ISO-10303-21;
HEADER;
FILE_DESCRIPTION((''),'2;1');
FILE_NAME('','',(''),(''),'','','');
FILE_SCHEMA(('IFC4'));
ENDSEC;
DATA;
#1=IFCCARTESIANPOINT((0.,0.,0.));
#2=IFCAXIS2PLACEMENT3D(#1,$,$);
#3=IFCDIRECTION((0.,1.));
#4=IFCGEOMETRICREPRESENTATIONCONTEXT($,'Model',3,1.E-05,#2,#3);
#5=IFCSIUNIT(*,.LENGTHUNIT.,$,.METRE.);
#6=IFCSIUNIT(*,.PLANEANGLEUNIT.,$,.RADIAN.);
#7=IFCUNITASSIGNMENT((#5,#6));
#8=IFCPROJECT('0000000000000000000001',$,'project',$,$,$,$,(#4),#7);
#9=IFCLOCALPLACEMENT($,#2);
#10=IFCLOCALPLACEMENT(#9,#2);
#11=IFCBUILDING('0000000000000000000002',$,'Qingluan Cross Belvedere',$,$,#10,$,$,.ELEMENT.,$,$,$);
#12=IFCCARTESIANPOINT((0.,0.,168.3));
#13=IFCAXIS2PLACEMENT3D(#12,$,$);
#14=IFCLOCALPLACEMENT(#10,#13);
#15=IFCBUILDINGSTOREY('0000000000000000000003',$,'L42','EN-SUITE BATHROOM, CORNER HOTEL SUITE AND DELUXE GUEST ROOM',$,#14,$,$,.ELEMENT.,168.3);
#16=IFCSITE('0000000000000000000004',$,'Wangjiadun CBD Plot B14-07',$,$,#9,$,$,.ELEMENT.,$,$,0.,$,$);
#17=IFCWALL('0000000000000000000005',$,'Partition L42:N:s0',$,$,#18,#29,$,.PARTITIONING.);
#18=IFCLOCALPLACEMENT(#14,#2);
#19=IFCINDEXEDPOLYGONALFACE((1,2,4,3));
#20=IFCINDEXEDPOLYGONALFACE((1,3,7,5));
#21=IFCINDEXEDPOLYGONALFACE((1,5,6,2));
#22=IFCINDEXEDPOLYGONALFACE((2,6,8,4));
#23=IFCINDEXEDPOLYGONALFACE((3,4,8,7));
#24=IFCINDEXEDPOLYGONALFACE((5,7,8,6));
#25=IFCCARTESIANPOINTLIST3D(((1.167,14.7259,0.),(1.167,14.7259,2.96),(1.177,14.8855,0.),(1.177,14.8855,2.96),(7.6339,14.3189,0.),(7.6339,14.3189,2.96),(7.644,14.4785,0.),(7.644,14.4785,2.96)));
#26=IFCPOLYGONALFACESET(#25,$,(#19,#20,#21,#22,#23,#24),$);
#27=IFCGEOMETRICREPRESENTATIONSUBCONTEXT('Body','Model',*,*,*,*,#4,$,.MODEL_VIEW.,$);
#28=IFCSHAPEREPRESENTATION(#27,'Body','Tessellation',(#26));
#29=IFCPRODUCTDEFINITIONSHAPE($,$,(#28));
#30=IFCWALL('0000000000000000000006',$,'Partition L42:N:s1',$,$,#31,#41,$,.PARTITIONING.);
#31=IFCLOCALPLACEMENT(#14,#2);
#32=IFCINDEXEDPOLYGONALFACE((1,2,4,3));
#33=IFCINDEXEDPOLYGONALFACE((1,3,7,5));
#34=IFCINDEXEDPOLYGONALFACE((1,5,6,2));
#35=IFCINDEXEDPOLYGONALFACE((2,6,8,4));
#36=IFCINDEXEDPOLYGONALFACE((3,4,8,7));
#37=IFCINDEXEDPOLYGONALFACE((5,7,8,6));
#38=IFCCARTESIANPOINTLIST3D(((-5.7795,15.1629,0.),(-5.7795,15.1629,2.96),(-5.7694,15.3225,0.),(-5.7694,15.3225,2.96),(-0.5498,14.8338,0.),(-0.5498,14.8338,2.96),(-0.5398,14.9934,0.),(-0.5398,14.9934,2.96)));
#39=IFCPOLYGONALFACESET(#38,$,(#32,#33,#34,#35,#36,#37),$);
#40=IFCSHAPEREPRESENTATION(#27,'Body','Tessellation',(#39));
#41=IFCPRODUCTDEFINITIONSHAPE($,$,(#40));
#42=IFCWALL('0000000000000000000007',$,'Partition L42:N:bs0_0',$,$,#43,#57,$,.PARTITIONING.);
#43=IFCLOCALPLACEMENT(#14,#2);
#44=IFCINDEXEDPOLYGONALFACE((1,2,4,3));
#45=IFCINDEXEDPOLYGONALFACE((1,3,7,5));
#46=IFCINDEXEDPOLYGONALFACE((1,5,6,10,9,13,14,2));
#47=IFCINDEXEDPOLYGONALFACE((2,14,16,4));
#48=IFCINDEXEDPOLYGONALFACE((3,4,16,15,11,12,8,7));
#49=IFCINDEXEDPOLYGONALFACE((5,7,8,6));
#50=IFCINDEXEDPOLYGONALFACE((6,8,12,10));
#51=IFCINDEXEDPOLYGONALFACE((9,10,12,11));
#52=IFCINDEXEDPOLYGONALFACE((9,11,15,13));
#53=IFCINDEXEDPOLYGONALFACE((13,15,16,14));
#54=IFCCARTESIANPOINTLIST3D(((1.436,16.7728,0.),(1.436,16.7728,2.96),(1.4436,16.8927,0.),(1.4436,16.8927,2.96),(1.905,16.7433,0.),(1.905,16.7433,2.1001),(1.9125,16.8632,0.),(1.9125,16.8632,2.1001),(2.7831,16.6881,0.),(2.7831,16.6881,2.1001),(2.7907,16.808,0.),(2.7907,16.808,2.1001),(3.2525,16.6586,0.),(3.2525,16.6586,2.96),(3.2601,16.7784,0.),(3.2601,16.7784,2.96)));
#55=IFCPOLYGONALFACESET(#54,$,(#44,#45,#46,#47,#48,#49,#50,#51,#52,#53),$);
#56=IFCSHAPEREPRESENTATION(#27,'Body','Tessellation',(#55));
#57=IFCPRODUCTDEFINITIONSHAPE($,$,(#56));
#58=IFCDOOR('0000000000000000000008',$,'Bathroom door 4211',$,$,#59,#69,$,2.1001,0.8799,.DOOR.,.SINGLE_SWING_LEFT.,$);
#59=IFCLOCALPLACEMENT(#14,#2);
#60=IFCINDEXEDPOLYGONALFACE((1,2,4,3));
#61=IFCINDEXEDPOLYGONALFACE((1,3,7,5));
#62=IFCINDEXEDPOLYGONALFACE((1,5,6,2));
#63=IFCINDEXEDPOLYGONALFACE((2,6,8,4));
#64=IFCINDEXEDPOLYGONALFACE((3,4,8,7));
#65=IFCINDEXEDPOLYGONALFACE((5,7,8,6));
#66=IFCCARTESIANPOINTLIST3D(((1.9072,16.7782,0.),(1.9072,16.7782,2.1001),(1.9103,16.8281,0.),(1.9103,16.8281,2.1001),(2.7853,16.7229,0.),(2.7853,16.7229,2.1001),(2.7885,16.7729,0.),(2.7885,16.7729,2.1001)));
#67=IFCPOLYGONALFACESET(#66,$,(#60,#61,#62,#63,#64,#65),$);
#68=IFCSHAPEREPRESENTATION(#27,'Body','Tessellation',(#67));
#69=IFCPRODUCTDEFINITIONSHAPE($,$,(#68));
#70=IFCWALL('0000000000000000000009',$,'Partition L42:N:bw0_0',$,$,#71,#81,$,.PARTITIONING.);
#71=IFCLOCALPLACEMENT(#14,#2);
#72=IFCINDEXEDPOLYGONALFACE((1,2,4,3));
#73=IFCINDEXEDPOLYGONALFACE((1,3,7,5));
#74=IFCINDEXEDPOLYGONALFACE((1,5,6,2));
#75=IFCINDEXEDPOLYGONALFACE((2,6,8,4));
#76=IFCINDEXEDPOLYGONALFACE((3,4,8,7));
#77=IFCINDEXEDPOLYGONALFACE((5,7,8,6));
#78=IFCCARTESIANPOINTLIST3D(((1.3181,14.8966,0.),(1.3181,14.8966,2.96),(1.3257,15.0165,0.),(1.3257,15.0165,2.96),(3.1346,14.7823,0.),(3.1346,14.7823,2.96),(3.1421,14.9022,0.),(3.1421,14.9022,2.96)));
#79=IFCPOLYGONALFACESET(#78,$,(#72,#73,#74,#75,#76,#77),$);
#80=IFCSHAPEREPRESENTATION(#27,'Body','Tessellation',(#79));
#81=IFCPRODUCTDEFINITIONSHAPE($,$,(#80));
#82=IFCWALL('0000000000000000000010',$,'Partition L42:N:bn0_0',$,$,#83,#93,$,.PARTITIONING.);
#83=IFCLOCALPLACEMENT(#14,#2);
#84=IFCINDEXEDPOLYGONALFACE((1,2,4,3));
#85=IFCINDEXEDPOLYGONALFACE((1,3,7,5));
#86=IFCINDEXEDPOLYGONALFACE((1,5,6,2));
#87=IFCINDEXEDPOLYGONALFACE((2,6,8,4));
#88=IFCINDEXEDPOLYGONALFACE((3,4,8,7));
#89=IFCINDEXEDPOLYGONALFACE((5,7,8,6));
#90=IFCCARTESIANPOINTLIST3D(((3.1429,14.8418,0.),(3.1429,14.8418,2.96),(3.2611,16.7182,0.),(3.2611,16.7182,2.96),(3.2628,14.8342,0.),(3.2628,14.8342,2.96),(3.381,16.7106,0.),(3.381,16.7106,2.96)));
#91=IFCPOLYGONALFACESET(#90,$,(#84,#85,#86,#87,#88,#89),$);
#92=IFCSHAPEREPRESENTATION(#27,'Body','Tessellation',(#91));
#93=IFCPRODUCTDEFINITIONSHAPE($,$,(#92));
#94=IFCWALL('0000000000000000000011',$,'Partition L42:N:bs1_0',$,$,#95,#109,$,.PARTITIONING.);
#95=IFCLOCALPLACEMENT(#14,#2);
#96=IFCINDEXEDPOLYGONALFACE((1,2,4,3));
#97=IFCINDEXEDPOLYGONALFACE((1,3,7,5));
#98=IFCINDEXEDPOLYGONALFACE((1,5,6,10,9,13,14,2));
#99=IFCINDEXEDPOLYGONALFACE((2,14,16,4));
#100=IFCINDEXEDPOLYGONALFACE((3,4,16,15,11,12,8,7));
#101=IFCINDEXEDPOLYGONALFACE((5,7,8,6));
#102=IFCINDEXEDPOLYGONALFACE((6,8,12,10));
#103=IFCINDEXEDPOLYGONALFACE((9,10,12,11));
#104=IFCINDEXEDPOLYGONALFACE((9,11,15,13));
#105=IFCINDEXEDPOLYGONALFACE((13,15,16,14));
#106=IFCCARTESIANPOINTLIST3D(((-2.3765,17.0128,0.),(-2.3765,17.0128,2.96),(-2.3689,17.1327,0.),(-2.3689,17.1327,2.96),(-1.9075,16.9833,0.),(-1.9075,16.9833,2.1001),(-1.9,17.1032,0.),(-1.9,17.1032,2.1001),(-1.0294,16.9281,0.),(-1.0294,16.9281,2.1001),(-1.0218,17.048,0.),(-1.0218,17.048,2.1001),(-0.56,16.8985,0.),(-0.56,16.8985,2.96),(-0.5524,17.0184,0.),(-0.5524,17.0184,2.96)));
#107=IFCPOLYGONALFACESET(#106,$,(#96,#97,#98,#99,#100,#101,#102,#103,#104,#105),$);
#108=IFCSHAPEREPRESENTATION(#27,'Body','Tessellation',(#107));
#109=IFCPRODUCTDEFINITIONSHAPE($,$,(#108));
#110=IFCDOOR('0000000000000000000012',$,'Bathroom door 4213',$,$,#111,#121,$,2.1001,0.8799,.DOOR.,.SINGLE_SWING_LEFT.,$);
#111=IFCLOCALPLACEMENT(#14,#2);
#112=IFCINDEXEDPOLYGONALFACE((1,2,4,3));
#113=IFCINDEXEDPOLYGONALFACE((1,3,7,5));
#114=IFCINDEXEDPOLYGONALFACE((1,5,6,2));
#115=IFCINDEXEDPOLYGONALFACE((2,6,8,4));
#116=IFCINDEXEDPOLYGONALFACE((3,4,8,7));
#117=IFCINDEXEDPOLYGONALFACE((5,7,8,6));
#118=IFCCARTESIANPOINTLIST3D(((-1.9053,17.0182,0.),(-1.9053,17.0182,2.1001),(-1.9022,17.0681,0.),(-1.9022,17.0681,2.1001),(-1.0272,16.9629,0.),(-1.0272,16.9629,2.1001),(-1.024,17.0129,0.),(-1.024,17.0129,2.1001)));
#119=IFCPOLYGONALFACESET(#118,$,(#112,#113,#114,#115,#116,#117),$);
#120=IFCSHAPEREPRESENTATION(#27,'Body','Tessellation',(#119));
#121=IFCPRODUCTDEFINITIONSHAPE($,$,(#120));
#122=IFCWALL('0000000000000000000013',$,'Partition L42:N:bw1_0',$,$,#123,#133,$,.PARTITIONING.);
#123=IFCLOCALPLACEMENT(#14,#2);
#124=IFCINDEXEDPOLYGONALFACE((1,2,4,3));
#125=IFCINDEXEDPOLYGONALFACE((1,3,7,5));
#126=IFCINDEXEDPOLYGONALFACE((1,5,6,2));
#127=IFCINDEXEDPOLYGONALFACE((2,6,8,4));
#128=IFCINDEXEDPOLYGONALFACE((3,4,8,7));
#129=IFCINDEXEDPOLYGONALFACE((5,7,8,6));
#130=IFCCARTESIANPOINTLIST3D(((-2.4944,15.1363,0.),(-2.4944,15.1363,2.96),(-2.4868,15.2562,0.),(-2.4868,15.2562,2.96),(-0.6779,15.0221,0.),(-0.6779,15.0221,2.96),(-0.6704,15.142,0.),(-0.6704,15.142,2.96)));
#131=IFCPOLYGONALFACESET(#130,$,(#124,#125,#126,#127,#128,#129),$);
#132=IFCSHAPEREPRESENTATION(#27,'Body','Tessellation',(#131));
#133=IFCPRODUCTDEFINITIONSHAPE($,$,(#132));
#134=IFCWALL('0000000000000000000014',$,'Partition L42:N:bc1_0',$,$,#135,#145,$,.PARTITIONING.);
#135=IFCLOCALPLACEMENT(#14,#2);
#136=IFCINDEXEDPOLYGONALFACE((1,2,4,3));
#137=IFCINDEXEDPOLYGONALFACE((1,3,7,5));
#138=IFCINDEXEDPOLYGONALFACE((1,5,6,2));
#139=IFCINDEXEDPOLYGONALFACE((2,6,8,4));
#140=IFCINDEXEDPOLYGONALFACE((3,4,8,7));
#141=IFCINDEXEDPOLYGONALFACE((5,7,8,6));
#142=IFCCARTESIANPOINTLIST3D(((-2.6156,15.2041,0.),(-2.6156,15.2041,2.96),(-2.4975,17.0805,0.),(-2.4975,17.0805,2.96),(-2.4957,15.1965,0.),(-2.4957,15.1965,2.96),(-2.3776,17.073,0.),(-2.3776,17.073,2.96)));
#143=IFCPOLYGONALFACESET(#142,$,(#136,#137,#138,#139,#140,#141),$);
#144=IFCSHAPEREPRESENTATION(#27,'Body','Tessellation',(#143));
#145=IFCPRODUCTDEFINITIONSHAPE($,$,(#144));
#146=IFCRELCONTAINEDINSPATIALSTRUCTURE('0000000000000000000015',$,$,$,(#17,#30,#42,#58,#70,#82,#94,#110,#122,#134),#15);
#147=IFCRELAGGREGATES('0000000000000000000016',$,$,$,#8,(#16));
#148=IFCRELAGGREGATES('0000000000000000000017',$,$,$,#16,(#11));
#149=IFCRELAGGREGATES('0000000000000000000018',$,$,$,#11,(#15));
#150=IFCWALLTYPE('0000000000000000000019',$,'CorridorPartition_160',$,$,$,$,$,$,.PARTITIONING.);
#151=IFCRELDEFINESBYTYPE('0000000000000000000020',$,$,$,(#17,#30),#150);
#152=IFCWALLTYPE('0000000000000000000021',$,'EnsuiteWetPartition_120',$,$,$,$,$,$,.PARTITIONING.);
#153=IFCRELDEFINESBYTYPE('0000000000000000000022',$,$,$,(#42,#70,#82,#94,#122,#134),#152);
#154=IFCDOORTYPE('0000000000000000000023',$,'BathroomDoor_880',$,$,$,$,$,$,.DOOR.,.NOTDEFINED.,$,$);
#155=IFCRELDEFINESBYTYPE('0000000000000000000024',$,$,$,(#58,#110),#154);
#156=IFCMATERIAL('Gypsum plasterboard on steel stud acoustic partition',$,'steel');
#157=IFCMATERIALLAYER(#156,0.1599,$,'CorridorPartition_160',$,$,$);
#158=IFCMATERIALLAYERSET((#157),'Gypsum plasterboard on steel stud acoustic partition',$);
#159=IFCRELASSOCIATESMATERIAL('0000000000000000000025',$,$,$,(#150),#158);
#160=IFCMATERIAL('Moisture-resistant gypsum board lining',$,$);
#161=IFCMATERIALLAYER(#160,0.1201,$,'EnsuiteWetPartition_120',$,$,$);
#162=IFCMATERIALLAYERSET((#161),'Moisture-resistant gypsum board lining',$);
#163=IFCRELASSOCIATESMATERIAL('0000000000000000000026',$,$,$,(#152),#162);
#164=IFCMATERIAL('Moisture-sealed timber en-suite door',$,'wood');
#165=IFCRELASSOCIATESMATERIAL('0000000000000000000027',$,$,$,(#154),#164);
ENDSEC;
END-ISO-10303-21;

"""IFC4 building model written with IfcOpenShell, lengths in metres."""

from ifc_helpers import new_model, si_unit, direction, frame, frame_2d, origin, place, context, subcontext, project, spatial, rectangle, extrude, material, layer, layer_set, type_object, element, fill, save


model = new_model("IFC4")

# Units and contexts
model_context = context("Model", 3, precision=1e-05, world=origin(), true_north=direction((0.0, 1.0)))
body_context = subcontext(model_context, "Body", "Model", "MODEL_VIEW")
ifc_project = project(units=[si_unit("LENGTHUNIT", "METRE"), si_unit("PLANEANGLEUNIT", "RADIAN")], contexts=[model_context])

# Site, building, storey
site_placement = place(None, origin())
site = spatial("IfcSite", under=ifc_project, at=site_placement, Name="Wangjiadun CBD Plot B14-07", CompositionType="ELEMENT", RefElevation=0.0)
building_placement = place(site_placement, origin())
building = spatial("IfcBuilding", under=site, at=building_placement, Name="Qingluan Cross Belvedere", CompositionType="ELEMENT")
storey_placement = place(building_placement, frame((0.0, 0.0, 168.3)))
storey = spatial("IfcBuildingStorey", under=building, at=storey_placement, Name="L42", Description="EN-SUITE BATHROOM, CORNER HOTEL SUITE AND DELUXE GUEST ROOM", CompositionType="ELEMENT", Elevation=168.3)

# Shared definitions
ifc_material_1 = material(Name="Gypsum plasterboard on steel stud acoustic partition", Category="steel")
ifc_layer_1 = layer(ifc_material_1, 0.1599, Name="CorridorPartition_160")
ifc_layer_set_1 = layer_set([ifc_layer_1], Name="Gypsum plasterboard on steel stud acoustic partition")
wall_type_1 = type_object("IfcWallType", Name="CorridorPartition_160", PredefinedType="PARTITIONING", material=ifc_layer_set_1)

# Wall
wall_1_placement = place(storey_placement, frame((1.1721, 14.8057, 0.0), z_axis=(0.0, 0.0, 1.0), x_axis=(0.998026, -0.062808, 0.0)))
element("IfcWall", 1, at=wall_1_placement, inside=storey, type_object=wall_type_1, Name="Partition L42:N:s0", PredefinedType="PARTITIONING", context=body_context, shape_type="SweptSolid", body=[
    extrude(rectangle(XDim=6.4797, YDim=0.1599, at=frame_2d((3.2397, 0.0))), origin(), (0.0, 0.0, 1.0), 2.96),
])

# Wall
wall_2_placement = place(storey_placement, frame((-0.5447, 14.9136, 0.0), z_axis=(0.0, 0.0, 1.0), x_axis=(-0.998026, 0.062805, 0.0)))
element("IfcWall", 2, at=wall_2_placement, inside=storey, type_object=wall_type_1, Name="Partition L42:N:s1", PredefinedType="PARTITIONING", context=body_context, shape_type="SweptSolid", body=[
    extrude(rectangle(XDim=5.24, YDim=0.1599, at=frame_2d((2.6201, 0.0))), origin(), (0.0, 0.0, 1.0), 2.96),
])

# Wall, opening, door
ifc_material_2 = material(Name="Moisture-resistant gypsum board lining")
ifc_layer_2 = layer(ifc_material_2, 0.1201, Name="EnsuiteWetPartition_120")
ifc_layer_set_2 = layer_set([ifc_layer_2], Name="Moisture-resistant gypsum board lining")
wall_type_2 = type_object("IfcWallType", Name="EnsuiteWetPartition_120", PredefinedType="PARTITIONING", material=ifc_layer_set_2)
wall_3_placement = place(storey_placement, frame((1.4397, 16.8328, 0.0), z_axis=(0.0, 0.0, 1.0), x_axis=(0.998027, -0.062779, 0.0)))
wall_3 = element("IfcWall", 3, at=wall_3_placement, inside=storey, type_object=wall_type_2, Name="Partition L42:N:bs0_0", PredefinedType="PARTITIONING", context=body_context, shape_type="SweptSolid", body=[
    extrude(rectangle(XDim=1.8201, YDim=0.1201, at=frame_2d((0.9102, 0.0))), origin(), (0.0, 0.0, 1.0), 2.96),
])
opening_1_placement = place(wall_3_placement, frame((0.47, 0.0, 0.0)))
opening_1 = element("IfcOpeningElement", 4, at=opening_1_placement, cuts=wall_3, PredefinedType="OPENING", context=body_context, shape_type="SweptSolid", body=[
    extrude(rectangle(XDim=0.8799, YDim=2.1001, at=frame_2d((0.4399, 1.05))), frame((0.0, 0.0701, 0.0), z_axis=(0.0, -1.0, 0.0), x_axis=(1.0, 0.0, 0.0)), (0.0, 0.0, 1.0), 0.1401),
])
ifc_material_3 = material(Name="Moisture-sealed timber en-suite door", Category="wood")
door_type_1 = type_object("IfcDoorType", Name="BathroomDoor_880", OperationType="NOTDEFINED", PredefinedType="DOOR", material=ifc_material_3)
door_1_placement = place(opening_1_placement, origin())
door_1 = element("IfcDoor", 5, at=door_1_placement, inside=storey, type_object=door_type_1, Name="Bathroom door 4211", OperationType="SINGLE_SWING_LEFT", OverallHeight=2.1001, OverallWidth=0.8799, PredefinedType="DOOR", context=body_context, shape_type="SweptSolid", body=[
    extrude(rectangle(XDim=0.8799, YDim=2.1001, at=frame_2d((0.4399, 1.05))), frame((0.0, 0.0249, 0.0), z_axis=(0.0, -1.0, 0.0), x_axis=(1.0, 0.0, 0.0)), (0.0, 0.0, 1.0), 0.05),
])
fill(opening_1, door_1)

# Walls
wall_4_placement = place(storey_placement, frame((1.3218, 14.9565, 0.0), z_axis=(0.0, 0.0, 1.0), x_axis=(0.998027, -0.062779, 0.0)))
element("IfcWall", 6, at=wall_4_placement, inside=storey, type_object=wall_type_2, Name="Partition L42:N:bw0_0", PredefinedType="PARTITIONING", context=body_context, shape_type="SweptSolid", body=[
    extrude(rectangle(XDim=1.8201, YDim=0.1201, at=frame_2d((0.9102, 0.0))), origin(), (0.0, 0.0, 1.0), 2.96),
])
wall_5_placement = place(storey_placement, frame((3.2029, 14.8381, 0.0), z_axis=(0.0, 0.0, 1.0), x_axis=(0.062847, 0.998023, 0.0)))
element("IfcWall", 7, at=wall_5_placement, inside=storey, type_object=wall_type_2, Name="Partition L42:N:bn0_0", PredefinedType="PARTITIONING", context=body_context, shape_type="SweptSolid", body=[
    extrude(rectangle(XDim=1.8801, YDim=0.1201, at=frame_2d((0.9399, 0.0))), origin(), (0.0, 0.0, 1.0), 2.96),
])

# Wall, opening, door
wall_6_placement = place(storey_placement, frame((-2.3728, 17.0728, 0.0), z_axis=(0.0, 0.0, 1.0), x_axis=(0.998027, -0.062779, 0.0)))
wall_6 = element("IfcWall", 8, at=wall_6_placement, inside=storey, type_object=wall_type_2, Name="Partition L42:N:bs1_0", PredefinedType="PARTITIONING", context=body_context, shape_type="SweptSolid", body=[
    extrude(rectangle(XDim=1.8201, YDim=0.1201, at=frame_2d((0.9102, 0.0))), origin(), (0.0, 0.0, 1.0), 2.96),
])
opening_2_placement = place(wall_6_placement, frame((0.47, 0.0, 0.0)))
opening_2 = element("IfcOpeningElement", 9, at=opening_2_placement, cuts=wall_6, PredefinedType="OPENING", context=body_context, shape_type="SweptSolid", body=[
    extrude(rectangle(XDim=0.8799, YDim=2.1001, at=frame_2d((0.4399, 1.05))), frame((0.0, 0.0701, 0.0), z_axis=(0.0, -1.0, 0.0), x_axis=(1.0, 0.0, 0.0)), (0.0, 0.0, 1.0), 0.1401),
])
door_2_placement = place(opening_2_placement, origin())
door_2 = element("IfcDoor", 10, at=door_2_placement, inside=storey, type_object=door_type_1, Name="Bathroom door 4213", OperationType="SINGLE_SWING_LEFT", OverallHeight=2.1001, OverallWidth=0.8799, PredefinedType="DOOR", context=body_context, shape_type="SweptSolid", body=[
    extrude(rectangle(XDim=0.8799, YDim=2.1001, at=frame_2d((0.4399, 1.05))), frame((0.0, 0.0249, 0.0), z_axis=(0.0, -1.0, 0.0), x_axis=(1.0, 0.0, 0.0)), (0.0, 0.0, 1.0), 0.05),
])
fill(opening_2, door_2)

# Walls
wall_7_placement = place(storey_placement, frame((-2.4907, 15.1963, 0.0), z_axis=(0.0, 0.0, 1.0), x_axis=(0.998027, -0.062779, 0.0)))
element("IfcWall", 11, at=wall_7_placement, inside=storey, type_object=wall_type_2, Name="Partition L42:N:bw1_0", PredefinedType="PARTITIONING", context=body_context, shape_type="SweptSolid", body=[
    extrude(rectangle(XDim=1.8201, YDim=0.1201, at=frame_2d((0.9102, 0.0))), origin(), (0.0, 0.0, 1.0), 2.96),
])
wall_8_placement = place(storey_placement, frame((-2.5557, 15.2004, 0.0), z_axis=(0.0, 0.0, 1.0), x_axis=(0.062847, 0.998023, 0.0)))
element("IfcWall", 12, at=wall_8_placement, inside=storey, type_object=wall_type_2, Name="Partition L42:N:bc1_0", PredefinedType="PARTITIONING", context=body_context, shape_type="SweptSolid", body=[
    extrude(rectangle(XDim=1.8801, YDim=0.1201, at=frame_2d((0.9399, 0.0))), origin(), (0.0, 0.0, 1.0), 2.96),
])

save(model, "model.ifc")
